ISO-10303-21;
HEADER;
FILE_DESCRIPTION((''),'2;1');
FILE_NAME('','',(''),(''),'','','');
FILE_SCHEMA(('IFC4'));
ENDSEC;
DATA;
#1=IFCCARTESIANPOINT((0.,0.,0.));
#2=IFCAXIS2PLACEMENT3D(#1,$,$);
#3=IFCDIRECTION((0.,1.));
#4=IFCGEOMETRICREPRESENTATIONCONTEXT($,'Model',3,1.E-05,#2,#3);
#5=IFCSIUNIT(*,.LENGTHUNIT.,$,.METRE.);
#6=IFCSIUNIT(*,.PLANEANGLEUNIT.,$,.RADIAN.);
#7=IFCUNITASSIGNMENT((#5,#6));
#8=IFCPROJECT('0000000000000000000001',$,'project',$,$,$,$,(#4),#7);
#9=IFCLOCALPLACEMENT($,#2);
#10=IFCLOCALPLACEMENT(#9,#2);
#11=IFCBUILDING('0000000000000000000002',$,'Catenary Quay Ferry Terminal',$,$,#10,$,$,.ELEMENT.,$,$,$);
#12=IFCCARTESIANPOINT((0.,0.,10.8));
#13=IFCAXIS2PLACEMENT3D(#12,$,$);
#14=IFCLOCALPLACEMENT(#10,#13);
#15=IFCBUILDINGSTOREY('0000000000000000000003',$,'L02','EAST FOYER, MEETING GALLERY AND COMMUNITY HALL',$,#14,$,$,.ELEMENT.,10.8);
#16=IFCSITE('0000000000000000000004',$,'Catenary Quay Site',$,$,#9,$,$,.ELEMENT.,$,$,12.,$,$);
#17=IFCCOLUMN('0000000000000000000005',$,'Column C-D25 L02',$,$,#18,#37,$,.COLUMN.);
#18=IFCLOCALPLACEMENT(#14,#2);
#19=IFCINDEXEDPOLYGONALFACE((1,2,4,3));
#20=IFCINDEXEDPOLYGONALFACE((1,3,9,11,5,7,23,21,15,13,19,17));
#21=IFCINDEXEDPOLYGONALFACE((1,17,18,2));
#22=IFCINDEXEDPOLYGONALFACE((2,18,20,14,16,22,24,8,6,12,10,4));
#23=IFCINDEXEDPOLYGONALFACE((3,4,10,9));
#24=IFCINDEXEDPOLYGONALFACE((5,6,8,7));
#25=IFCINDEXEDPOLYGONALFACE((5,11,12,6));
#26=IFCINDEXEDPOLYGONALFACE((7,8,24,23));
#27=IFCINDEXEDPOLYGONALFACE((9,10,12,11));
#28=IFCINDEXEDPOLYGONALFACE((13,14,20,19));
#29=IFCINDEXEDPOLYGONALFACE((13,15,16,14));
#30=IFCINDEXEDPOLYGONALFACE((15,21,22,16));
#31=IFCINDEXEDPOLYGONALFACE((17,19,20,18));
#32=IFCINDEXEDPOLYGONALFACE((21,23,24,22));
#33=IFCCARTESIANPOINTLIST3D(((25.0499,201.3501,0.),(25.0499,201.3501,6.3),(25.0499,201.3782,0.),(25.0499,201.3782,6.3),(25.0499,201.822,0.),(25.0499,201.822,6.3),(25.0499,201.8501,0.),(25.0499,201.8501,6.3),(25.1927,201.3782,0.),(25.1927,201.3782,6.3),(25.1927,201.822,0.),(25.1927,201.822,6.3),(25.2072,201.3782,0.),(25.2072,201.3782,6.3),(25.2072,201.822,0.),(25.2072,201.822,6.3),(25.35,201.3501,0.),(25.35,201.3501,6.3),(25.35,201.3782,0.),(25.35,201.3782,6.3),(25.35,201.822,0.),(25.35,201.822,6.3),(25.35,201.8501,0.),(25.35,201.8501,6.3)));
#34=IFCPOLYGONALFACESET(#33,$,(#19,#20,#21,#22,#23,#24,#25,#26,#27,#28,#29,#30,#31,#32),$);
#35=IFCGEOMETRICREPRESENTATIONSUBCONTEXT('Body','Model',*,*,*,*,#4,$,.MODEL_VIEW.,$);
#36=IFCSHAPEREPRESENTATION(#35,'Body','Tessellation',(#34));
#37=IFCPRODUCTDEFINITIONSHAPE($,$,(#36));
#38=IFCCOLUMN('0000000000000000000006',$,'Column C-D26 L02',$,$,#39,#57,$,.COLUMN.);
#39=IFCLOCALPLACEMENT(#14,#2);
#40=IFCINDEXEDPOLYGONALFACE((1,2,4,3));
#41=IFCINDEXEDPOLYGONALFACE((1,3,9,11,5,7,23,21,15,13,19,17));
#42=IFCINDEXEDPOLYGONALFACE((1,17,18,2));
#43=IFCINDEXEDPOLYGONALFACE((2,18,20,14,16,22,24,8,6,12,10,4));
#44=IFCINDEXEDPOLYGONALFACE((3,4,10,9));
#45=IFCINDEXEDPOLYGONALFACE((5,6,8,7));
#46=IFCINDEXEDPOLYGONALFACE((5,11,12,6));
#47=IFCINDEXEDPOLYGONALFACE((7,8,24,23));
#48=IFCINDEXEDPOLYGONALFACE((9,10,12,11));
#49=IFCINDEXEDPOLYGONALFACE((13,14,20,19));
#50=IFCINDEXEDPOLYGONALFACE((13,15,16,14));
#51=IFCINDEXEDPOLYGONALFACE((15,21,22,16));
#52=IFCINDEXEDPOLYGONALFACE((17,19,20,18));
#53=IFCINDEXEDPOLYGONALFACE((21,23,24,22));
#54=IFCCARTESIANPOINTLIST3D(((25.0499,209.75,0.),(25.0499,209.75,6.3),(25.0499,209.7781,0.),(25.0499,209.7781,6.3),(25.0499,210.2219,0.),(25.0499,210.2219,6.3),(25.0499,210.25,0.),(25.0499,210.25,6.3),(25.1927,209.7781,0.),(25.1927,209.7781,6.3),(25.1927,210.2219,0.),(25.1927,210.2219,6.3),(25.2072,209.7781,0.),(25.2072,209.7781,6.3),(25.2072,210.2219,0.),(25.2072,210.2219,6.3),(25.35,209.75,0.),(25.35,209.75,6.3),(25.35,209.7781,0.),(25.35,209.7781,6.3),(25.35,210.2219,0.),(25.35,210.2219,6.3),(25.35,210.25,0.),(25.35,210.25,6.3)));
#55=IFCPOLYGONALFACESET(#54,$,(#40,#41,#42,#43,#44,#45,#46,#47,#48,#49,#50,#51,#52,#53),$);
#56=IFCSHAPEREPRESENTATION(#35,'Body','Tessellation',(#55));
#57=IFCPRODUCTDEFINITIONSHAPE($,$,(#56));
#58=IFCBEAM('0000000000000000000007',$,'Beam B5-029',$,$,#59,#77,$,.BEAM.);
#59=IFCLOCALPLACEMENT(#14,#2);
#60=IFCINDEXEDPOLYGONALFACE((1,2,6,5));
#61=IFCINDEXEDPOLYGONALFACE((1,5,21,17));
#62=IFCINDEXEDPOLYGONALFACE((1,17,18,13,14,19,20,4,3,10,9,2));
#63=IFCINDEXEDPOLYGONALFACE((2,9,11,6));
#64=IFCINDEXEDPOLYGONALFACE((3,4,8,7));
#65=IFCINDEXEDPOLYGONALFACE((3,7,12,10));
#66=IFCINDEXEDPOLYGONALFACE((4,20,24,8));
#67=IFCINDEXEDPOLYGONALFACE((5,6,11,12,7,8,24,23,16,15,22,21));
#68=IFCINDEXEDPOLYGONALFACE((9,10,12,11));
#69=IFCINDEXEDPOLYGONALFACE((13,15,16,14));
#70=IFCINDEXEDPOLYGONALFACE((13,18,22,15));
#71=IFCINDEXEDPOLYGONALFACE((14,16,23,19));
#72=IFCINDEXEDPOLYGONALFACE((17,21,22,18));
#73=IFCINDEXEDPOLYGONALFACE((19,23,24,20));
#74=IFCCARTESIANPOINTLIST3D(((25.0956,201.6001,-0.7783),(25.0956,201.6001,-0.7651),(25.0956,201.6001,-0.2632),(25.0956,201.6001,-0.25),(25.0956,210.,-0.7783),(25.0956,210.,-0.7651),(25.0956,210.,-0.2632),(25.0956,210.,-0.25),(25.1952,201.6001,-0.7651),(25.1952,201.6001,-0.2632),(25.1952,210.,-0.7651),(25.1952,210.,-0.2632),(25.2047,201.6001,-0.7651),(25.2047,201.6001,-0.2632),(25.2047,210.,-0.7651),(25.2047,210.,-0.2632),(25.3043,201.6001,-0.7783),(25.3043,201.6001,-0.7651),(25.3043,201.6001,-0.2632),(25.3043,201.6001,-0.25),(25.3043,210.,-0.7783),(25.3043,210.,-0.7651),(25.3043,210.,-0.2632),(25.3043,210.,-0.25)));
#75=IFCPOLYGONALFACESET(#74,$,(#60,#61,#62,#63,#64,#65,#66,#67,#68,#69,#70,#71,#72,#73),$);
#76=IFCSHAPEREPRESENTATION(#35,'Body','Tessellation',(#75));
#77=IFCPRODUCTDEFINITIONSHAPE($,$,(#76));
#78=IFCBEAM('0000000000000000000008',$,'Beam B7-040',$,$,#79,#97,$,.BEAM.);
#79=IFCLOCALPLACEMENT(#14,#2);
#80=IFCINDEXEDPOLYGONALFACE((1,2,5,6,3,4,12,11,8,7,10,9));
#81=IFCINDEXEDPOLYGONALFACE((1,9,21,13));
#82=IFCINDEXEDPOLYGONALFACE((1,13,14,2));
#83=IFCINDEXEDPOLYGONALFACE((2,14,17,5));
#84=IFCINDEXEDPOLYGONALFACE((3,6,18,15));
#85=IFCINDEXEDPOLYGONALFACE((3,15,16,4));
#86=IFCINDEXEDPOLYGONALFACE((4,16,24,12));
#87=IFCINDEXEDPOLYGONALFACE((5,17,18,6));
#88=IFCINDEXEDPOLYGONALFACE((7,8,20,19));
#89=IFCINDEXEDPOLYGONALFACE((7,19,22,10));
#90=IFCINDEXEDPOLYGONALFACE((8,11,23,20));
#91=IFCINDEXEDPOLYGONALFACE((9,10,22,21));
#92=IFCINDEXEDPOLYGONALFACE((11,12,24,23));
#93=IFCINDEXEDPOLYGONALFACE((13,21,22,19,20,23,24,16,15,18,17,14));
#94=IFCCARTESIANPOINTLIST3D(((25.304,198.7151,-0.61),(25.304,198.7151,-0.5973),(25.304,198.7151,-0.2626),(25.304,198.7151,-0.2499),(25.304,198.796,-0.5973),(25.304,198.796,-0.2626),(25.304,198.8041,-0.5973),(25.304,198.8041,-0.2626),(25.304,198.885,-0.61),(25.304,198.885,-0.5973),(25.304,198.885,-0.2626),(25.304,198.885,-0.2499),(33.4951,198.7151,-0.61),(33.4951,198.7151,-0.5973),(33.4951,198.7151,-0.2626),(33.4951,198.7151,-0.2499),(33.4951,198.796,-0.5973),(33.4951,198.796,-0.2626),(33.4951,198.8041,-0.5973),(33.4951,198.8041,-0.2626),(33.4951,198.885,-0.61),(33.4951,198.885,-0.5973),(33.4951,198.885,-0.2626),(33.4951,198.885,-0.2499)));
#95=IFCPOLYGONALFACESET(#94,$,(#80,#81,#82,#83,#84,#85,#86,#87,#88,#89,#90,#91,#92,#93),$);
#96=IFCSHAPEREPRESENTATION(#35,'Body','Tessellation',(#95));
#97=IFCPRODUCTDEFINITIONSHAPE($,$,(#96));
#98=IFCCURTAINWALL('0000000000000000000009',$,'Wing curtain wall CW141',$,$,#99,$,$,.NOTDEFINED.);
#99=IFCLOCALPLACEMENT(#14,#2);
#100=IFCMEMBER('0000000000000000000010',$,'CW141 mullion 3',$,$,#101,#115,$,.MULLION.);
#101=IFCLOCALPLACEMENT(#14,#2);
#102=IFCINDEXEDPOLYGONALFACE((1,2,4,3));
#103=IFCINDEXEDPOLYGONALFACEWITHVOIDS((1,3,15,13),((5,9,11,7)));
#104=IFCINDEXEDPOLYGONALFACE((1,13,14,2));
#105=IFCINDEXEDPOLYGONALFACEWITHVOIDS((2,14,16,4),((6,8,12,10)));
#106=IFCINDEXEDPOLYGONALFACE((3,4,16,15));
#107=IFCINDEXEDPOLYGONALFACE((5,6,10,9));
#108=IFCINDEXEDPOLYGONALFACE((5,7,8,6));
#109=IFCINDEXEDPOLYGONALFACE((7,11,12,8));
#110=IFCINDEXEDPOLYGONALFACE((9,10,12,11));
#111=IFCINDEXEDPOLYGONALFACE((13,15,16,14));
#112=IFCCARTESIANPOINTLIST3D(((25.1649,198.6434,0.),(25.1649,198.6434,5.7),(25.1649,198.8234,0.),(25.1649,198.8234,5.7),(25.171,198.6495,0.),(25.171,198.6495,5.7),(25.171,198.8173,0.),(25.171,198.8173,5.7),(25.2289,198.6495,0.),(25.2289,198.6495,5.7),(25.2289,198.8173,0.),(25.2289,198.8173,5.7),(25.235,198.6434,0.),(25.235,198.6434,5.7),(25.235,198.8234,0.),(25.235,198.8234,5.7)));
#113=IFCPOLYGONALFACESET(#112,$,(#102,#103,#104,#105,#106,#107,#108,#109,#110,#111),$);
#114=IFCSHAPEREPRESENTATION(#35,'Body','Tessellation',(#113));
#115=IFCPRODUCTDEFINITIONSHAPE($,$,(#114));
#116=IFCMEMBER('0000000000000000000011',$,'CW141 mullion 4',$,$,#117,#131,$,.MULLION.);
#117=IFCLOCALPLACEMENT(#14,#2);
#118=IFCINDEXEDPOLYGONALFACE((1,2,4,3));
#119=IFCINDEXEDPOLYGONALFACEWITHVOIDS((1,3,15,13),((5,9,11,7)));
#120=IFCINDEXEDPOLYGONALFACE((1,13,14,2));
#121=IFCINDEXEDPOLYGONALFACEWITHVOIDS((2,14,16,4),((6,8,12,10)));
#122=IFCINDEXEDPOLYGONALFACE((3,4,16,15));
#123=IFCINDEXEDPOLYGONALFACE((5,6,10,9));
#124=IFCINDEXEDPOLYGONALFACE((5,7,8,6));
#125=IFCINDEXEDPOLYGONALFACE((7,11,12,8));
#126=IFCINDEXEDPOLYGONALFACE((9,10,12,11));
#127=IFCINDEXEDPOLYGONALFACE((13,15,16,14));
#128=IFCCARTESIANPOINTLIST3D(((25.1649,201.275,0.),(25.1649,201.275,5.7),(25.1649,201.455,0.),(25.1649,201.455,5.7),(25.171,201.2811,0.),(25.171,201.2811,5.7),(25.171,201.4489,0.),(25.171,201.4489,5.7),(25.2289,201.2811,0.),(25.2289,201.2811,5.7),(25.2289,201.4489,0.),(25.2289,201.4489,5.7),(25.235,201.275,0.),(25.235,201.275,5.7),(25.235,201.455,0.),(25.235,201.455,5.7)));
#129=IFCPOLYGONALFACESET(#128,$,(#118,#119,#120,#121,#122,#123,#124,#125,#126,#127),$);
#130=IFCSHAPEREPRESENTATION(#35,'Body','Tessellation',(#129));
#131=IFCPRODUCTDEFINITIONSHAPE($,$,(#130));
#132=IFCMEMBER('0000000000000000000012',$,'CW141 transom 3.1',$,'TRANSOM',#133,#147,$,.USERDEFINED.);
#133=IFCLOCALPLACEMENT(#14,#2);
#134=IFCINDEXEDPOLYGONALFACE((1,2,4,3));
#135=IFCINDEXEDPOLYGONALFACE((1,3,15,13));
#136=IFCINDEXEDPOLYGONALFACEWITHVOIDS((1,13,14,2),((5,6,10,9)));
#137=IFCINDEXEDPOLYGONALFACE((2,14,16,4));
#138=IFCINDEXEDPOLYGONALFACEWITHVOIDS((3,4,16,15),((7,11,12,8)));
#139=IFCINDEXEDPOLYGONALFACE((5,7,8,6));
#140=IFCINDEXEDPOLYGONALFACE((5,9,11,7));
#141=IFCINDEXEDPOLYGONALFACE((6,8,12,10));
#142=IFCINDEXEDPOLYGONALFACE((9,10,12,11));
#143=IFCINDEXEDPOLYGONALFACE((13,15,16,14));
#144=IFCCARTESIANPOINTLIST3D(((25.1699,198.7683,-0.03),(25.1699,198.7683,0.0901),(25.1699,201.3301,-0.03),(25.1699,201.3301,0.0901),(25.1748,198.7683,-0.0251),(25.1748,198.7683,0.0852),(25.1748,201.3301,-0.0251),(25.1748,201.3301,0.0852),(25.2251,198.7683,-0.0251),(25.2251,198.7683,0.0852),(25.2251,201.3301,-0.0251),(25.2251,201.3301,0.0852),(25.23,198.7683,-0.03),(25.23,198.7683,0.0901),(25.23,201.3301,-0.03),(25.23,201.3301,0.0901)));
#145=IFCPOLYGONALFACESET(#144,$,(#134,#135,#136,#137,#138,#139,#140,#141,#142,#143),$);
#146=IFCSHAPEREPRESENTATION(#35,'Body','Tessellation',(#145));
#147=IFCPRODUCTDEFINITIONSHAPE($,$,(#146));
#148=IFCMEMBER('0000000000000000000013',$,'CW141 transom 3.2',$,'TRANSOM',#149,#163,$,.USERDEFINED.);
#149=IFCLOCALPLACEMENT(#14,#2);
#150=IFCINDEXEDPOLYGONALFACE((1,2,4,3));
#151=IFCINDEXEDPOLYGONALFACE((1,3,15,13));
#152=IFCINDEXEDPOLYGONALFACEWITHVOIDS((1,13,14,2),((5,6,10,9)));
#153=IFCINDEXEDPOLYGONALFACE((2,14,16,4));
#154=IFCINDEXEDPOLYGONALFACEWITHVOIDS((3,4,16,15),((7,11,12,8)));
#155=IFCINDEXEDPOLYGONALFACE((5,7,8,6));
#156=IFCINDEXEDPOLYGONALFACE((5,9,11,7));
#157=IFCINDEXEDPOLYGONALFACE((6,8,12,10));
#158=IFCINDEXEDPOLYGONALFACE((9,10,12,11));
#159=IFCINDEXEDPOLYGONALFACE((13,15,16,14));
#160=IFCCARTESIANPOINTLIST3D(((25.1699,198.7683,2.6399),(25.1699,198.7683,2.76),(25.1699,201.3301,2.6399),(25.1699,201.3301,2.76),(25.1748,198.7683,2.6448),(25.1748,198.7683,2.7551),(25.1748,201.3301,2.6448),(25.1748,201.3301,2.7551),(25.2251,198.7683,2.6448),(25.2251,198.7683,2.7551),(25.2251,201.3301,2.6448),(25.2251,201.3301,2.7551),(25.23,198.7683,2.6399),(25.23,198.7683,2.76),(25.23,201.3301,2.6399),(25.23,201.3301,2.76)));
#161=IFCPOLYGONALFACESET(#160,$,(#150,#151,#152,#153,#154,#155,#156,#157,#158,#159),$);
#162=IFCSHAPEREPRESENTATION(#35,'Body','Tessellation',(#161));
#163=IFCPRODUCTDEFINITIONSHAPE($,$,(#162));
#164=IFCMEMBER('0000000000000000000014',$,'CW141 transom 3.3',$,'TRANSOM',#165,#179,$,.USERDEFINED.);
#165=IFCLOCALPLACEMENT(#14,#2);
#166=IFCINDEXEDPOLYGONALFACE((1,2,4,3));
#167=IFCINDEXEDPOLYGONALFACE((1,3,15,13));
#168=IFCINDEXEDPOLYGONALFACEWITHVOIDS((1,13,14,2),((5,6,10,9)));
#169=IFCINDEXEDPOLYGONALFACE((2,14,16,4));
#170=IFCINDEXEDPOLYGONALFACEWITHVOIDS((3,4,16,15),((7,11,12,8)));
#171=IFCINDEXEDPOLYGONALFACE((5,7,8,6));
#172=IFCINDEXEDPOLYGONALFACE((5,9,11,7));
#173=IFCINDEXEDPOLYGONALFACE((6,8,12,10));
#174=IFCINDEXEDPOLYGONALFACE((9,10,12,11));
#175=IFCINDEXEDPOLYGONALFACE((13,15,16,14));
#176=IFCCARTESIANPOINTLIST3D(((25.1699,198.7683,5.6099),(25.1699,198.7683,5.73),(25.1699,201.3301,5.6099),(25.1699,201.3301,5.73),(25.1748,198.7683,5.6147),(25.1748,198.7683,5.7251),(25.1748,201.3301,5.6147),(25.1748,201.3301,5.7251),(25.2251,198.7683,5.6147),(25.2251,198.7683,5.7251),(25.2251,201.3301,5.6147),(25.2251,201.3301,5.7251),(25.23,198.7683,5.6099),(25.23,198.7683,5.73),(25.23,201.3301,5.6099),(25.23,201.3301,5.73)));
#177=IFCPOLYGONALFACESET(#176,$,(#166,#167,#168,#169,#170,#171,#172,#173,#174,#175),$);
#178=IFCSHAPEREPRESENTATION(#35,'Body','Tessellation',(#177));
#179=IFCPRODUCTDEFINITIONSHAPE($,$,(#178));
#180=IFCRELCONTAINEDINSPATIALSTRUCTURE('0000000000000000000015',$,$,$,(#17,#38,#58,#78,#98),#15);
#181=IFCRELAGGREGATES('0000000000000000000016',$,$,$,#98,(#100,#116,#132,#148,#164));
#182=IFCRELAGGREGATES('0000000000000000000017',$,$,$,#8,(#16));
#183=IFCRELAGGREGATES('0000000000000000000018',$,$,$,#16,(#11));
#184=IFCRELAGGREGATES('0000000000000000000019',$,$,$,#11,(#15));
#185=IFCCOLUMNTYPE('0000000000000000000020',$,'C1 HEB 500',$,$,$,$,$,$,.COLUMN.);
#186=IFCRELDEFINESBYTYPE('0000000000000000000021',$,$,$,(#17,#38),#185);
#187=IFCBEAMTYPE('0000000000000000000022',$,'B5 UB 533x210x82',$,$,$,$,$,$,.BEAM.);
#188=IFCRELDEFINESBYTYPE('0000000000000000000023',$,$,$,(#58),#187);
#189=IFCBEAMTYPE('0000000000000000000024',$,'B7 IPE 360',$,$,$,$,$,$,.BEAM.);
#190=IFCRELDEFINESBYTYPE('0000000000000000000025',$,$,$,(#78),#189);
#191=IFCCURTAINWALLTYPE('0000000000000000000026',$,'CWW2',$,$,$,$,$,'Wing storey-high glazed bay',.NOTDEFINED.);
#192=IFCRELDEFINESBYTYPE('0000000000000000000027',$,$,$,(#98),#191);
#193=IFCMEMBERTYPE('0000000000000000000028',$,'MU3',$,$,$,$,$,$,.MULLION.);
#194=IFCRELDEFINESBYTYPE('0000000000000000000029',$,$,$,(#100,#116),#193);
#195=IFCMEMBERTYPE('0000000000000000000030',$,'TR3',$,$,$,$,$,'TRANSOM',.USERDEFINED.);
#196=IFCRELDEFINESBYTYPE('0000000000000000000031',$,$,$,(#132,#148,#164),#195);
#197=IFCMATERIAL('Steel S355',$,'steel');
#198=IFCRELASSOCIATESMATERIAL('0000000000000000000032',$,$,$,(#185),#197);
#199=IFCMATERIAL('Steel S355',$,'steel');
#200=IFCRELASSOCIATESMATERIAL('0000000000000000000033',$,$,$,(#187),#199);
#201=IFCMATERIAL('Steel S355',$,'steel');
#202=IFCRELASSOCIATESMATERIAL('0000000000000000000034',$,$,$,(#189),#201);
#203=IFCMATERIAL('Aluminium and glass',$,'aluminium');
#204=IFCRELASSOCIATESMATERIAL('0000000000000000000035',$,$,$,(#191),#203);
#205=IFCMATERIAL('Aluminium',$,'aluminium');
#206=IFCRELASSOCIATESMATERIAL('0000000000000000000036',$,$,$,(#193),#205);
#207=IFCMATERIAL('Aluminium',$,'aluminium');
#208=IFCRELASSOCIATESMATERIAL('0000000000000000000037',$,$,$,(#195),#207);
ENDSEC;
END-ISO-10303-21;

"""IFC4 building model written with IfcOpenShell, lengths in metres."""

from ifc_helpers import new_model, si_unit, direction, frame, origin, origin_2d, place, context, subcontext, project, spatial, hollow_rectangle, i_section, extrude, material, material_profile, profile_set, type_object, element, aggregate, save


model = new_model("IFC4")

# Units and contexts
model_context = context("Model", 3, precision=1e-05, world=origin(), true_north=direction((0.0, 1.0)))
body_context = subcontext(model_context, "Body", "Model", "MODEL_VIEW")
ifc_project = project(units=[si_unit("LENGTHUNIT", "METRE"), si_unit("PLANEANGLEUNIT", "RADIAN")], contexts=[model_context])

# Site, building, storey
site_placement = place(None, origin())
site = spatial("IfcSite", under=ifc_project, at=site_placement, Name="Catenary Quay Site", CompositionType="ELEMENT", RefElevation=12.0)
building_placement = place(site_placement, origin())
building = spatial("IfcBuilding", under=site, at=building_placement, Name="Catenary Quay Ferry Terminal", CompositionType="ELEMENT")
storey_placement = place(building_placement, frame((0.0, 0.0, 10.8)))
storey = spatial("IfcBuildingStorey", under=building, at=storey_placement, Name="L02", Description="EAST FOYER, MEETING GALLERY AND COMMUNITY HALL", CompositionType="ELEMENT", Elevation=10.8)

# Columns
ifc_material_1 = material(Name="Steel S355", Category="steel")
ifc_material_profile_1 = material_profile(ifc_material_1, i_section(OverallWidth=0.3, OverallDepth=0.5, WebThickness=0.0144, FlangeThickness=0.0281, at=origin_2d()), Name="HEB 500")
ifc_profile_set_1 = profile_set([ifc_material_profile_1], Name="Steel S355")
column_type = type_object("IfcColumnType", Name="C1 HEB 500", PredefinedType="COLUMN", material=ifc_profile_set_1)
for number, where, z_axis, x_axis, name in (
    (1, (25.2, 201.6001, 0.0), (0.0, 0.0, 1.0), (1.0, 0.0, 0.0), "Column C-D25 L02"),
    (2, (25.2, 210.0, 0.0), (0.0, 0.0, 1.0), (1.0, 0.0, 0.0), "Column C-D26 L02"),
):
    element("IfcColumn", number, at=place(storey_placement, frame(where, z_axis=z_axis, x_axis=x_axis)), inside=storey, type_object=column_type, Name=name, PredefinedType="COLUMN", context=body_context, shape_type="SweptSolid", body=[
        extrude(i_section(OverallWidth=0.3, OverallDepth=0.5, WebThickness=0.0144, FlangeThickness=0.0281, at=origin_2d()), origin(), (0.0, 0.0, 1.0), 6.3),
    ])

# Beams
ifc_material_2 = material(Name="Steel S355", Category="steel")
ifc_material_profile_2 = material_profile(ifc_material_2, i_section(OverallWidth=0.2087, OverallDepth=0.5283, WebThickness=0.0095, FlangeThickness=0.0132, at=origin_2d()), Name="UB 533x210x82")
ifc_profile_set_2 = profile_set([ifc_material_profile_2], Name="Steel S355")
beam_type_1 = type_object("IfcBeamType", Name="B5 UB 533x210x82", PredefinedType="BEAM", material=ifc_profile_set_2)
beam_1_placement = place(storey_placement, frame((25.2, 201.6001, -0.5142), z_axis=(0.0, 1.0, 0.0), x_axis=(-1.0, 0.0, 0.0)))
element("IfcBeam", 3, at=beam_1_placement, inside=storey, type_object=beam_type_1, Name="Beam B5-029", PredefinedType="BEAM", context=body_context, shape_type="SweptSolid", body=[
    extrude(i_section(OverallWidth=0.2087, OverallDepth=0.5283, WebThickness=0.0095, FlangeThickness=0.0132, at=origin_2d()), origin(), (0.0, 0.0, 1.0), 8.3999),
])
ifc_material_3 = material(Name="Steel S355", Category="steel")
ifc_material_profile_3 = material_profile(ifc_material_3, i_section(OverallWidth=0.1699, OverallDepth=0.3601, WebThickness=0.0081, FlangeThickness=0.0127, at=origin_2d()), Name="IPE 360")
ifc_profile_set_3 = profile_set([ifc_material_profile_3], Name="Steel S355")
beam_type_2 = type_object("IfcBeamType", Name="B7 IPE 360", PredefinedType="BEAM", material=ifc_profile_set_3)
beam_2_placement = place(storey_placement, frame((25.304, 198.8, -0.4299), z_axis=(1.0, 0.0, 0.0), x_axis=(0.0, 1.0, 0.0)))
element("IfcBeam", 4, at=beam_2_placement, inside=storey, type_object=beam_type_2, Name="Beam B7-040", PredefinedType="BEAM", context=body_context, shape_type="SweptSolid", body=[
    extrude(i_section(OverallWidth=0.1699, OverallDepth=0.3601, WebThickness=0.0081, FlangeThickness=0.0127, at=origin_2d()), origin(), (0.0, 0.0, 1.0), 8.1912),
])

# Curtain wall, members
ifc_material_4 = material(Name="Aluminium and glass", Category="aluminium")
curtain_wall_type = type_object("IfcCurtainWallType", Name="CWW2", ElementType="Wing storey-high glazed bay", PredefinedType="NOTDEFINED", material=ifc_material_4)
curtain_wall_placement = place(storey_placement, origin())
curtain_wall = element("IfcCurtainWall", 5, at=curtain_wall_placement, inside=storey, type_object=curtain_wall_type, Name="Wing curtain wall CW141", PredefinedType="NOTDEFINED")
ifc_material_5 = material(Name="Aluminium", Category="aluminium")
ifc_material_profile_4 = material_profile(ifc_material_5, hollow_rectangle(XDim=0.0701, YDim=0.1799, WallThickness=0.0061, at=origin_2d()), Name="MU3")
ifc_profile_set_4 = profile_set([ifc_material_profile_4], Name="Aluminium")
member_type_1 = type_object("IfcMemberType", Name="MU3", PredefinedType="MULLION", material=ifc_profile_set_4)
member_1_placement = place(storey_placement, frame((25.2, 198.7334, 0.0), z_axis=(0.0, 0.0, 1.0), x_axis=(-1.0, 0.0, 0.0)))
member_1 = element("IfcMember", 6, at=member_1_placement, type_object=member_type_1, Name="CW141 mullion 3", PredefinedType="MULLION", context=body_context, shape_type="SweptSolid", body=[
    extrude(hollow_rectangle(XDim=0.0701, YDim=0.1799, WallThickness=0.0061, at=origin_2d()), origin(), (0.0, 0.0, 1.0), 5.7),
])
member_2_placement = place(storey_placement, frame((25.2, 201.365, 0.0), z_axis=(0.0, 0.0, 1.0), x_axis=(-1.0, 0.0, 0.0)))
member_2 = element("IfcMember", 7, at=member_2_placement, type_object=member_type_1, Name="CW141 mullion 4", PredefinedType="MULLION", context=body_context, shape_type="SweptSolid", body=[
    extrude(hollow_rectangle(XDim=0.0701, YDim=0.1799, WallThickness=0.0061, at=origin_2d()), origin(), (0.0, 0.0, 1.0), 5.7),
])
ifc_material_6 = material(Name="Aluminium", Category="aluminium")
ifc_material_profile_5 = material_profile(ifc_material_6, hollow_rectangle(XDim=0.0601, YDim=0.1201, WallThickness=0.0049, at=origin_2d()), Name="TR3")
ifc_profile_set_5 = profile_set([ifc_material_profile_5], Name="Aluminium")
member_type_2 = type_object("IfcMemberType", Name="TR3", ElementType="TRANSOM", PredefinedType="USERDEFINED", material=ifc_profile_set_5)
member_3_placement = place(storey_placement, frame((25.2, 198.7683, 0.03), z_axis=(0.0, 1.0, 0.0), x_axis=(-1.0, 0.0, 0.0)))
member_3 = element("IfcMember", 8, at=member_3_placement, type_object=member_type_2, Name="CW141 transom 3.1", ObjectType="TRANSOM", PredefinedType="USERDEFINED", context=body_context, shape_type="SweptSolid", body=[
    extrude(hollow_rectangle(XDim=0.0601, YDim=0.1201, WallThickness=0.0049, at=origin_2d()), origin(), (0.0, 0.0, 1.0), 2.5618),
])
member_4_placement = place(storey_placement, frame((25.2, 198.7683, 2.7), z_axis=(0.0, 1.0, 0.0), x_axis=(-1.0, 0.0, 0.0)))
member_4 = element("IfcMember", 9, at=member_4_placement, type_object=member_type_2, Name="CW141 transom 3.2", ObjectType="TRANSOM", PredefinedType="USERDEFINED", context=body_context, shape_type="SweptSolid", body=[
    extrude(hollow_rectangle(XDim=0.0601, YDim=0.1201, WallThickness=0.0049, at=origin_2d()), origin(), (0.0, 0.0, 1.0), 2.5618),
])
member_5_placement = place(storey_placement, frame((25.2, 198.7683, 5.6699), z_axis=(0.0, 1.0, 0.0), x_axis=(-1.0, 0.0, 0.0)))
member_5 = element("IfcMember", 10, at=member_5_placement, type_object=member_type_2, Name="CW141 transom 3.3", ObjectType="TRANSOM", PredefinedType="USERDEFINED", context=body_context, shape_type="SweptSolid", body=[
    extrude(hollow_rectangle(XDim=0.0601, YDim=0.1201, WallThickness=0.0049, at=origin_2d()), origin(), (0.0, 0.0, 1.0), 2.5618),
])
aggregate(curtain_wall, [member_1, member_2, member_3, member_4, member_5])

save(model, "model.ifc")
